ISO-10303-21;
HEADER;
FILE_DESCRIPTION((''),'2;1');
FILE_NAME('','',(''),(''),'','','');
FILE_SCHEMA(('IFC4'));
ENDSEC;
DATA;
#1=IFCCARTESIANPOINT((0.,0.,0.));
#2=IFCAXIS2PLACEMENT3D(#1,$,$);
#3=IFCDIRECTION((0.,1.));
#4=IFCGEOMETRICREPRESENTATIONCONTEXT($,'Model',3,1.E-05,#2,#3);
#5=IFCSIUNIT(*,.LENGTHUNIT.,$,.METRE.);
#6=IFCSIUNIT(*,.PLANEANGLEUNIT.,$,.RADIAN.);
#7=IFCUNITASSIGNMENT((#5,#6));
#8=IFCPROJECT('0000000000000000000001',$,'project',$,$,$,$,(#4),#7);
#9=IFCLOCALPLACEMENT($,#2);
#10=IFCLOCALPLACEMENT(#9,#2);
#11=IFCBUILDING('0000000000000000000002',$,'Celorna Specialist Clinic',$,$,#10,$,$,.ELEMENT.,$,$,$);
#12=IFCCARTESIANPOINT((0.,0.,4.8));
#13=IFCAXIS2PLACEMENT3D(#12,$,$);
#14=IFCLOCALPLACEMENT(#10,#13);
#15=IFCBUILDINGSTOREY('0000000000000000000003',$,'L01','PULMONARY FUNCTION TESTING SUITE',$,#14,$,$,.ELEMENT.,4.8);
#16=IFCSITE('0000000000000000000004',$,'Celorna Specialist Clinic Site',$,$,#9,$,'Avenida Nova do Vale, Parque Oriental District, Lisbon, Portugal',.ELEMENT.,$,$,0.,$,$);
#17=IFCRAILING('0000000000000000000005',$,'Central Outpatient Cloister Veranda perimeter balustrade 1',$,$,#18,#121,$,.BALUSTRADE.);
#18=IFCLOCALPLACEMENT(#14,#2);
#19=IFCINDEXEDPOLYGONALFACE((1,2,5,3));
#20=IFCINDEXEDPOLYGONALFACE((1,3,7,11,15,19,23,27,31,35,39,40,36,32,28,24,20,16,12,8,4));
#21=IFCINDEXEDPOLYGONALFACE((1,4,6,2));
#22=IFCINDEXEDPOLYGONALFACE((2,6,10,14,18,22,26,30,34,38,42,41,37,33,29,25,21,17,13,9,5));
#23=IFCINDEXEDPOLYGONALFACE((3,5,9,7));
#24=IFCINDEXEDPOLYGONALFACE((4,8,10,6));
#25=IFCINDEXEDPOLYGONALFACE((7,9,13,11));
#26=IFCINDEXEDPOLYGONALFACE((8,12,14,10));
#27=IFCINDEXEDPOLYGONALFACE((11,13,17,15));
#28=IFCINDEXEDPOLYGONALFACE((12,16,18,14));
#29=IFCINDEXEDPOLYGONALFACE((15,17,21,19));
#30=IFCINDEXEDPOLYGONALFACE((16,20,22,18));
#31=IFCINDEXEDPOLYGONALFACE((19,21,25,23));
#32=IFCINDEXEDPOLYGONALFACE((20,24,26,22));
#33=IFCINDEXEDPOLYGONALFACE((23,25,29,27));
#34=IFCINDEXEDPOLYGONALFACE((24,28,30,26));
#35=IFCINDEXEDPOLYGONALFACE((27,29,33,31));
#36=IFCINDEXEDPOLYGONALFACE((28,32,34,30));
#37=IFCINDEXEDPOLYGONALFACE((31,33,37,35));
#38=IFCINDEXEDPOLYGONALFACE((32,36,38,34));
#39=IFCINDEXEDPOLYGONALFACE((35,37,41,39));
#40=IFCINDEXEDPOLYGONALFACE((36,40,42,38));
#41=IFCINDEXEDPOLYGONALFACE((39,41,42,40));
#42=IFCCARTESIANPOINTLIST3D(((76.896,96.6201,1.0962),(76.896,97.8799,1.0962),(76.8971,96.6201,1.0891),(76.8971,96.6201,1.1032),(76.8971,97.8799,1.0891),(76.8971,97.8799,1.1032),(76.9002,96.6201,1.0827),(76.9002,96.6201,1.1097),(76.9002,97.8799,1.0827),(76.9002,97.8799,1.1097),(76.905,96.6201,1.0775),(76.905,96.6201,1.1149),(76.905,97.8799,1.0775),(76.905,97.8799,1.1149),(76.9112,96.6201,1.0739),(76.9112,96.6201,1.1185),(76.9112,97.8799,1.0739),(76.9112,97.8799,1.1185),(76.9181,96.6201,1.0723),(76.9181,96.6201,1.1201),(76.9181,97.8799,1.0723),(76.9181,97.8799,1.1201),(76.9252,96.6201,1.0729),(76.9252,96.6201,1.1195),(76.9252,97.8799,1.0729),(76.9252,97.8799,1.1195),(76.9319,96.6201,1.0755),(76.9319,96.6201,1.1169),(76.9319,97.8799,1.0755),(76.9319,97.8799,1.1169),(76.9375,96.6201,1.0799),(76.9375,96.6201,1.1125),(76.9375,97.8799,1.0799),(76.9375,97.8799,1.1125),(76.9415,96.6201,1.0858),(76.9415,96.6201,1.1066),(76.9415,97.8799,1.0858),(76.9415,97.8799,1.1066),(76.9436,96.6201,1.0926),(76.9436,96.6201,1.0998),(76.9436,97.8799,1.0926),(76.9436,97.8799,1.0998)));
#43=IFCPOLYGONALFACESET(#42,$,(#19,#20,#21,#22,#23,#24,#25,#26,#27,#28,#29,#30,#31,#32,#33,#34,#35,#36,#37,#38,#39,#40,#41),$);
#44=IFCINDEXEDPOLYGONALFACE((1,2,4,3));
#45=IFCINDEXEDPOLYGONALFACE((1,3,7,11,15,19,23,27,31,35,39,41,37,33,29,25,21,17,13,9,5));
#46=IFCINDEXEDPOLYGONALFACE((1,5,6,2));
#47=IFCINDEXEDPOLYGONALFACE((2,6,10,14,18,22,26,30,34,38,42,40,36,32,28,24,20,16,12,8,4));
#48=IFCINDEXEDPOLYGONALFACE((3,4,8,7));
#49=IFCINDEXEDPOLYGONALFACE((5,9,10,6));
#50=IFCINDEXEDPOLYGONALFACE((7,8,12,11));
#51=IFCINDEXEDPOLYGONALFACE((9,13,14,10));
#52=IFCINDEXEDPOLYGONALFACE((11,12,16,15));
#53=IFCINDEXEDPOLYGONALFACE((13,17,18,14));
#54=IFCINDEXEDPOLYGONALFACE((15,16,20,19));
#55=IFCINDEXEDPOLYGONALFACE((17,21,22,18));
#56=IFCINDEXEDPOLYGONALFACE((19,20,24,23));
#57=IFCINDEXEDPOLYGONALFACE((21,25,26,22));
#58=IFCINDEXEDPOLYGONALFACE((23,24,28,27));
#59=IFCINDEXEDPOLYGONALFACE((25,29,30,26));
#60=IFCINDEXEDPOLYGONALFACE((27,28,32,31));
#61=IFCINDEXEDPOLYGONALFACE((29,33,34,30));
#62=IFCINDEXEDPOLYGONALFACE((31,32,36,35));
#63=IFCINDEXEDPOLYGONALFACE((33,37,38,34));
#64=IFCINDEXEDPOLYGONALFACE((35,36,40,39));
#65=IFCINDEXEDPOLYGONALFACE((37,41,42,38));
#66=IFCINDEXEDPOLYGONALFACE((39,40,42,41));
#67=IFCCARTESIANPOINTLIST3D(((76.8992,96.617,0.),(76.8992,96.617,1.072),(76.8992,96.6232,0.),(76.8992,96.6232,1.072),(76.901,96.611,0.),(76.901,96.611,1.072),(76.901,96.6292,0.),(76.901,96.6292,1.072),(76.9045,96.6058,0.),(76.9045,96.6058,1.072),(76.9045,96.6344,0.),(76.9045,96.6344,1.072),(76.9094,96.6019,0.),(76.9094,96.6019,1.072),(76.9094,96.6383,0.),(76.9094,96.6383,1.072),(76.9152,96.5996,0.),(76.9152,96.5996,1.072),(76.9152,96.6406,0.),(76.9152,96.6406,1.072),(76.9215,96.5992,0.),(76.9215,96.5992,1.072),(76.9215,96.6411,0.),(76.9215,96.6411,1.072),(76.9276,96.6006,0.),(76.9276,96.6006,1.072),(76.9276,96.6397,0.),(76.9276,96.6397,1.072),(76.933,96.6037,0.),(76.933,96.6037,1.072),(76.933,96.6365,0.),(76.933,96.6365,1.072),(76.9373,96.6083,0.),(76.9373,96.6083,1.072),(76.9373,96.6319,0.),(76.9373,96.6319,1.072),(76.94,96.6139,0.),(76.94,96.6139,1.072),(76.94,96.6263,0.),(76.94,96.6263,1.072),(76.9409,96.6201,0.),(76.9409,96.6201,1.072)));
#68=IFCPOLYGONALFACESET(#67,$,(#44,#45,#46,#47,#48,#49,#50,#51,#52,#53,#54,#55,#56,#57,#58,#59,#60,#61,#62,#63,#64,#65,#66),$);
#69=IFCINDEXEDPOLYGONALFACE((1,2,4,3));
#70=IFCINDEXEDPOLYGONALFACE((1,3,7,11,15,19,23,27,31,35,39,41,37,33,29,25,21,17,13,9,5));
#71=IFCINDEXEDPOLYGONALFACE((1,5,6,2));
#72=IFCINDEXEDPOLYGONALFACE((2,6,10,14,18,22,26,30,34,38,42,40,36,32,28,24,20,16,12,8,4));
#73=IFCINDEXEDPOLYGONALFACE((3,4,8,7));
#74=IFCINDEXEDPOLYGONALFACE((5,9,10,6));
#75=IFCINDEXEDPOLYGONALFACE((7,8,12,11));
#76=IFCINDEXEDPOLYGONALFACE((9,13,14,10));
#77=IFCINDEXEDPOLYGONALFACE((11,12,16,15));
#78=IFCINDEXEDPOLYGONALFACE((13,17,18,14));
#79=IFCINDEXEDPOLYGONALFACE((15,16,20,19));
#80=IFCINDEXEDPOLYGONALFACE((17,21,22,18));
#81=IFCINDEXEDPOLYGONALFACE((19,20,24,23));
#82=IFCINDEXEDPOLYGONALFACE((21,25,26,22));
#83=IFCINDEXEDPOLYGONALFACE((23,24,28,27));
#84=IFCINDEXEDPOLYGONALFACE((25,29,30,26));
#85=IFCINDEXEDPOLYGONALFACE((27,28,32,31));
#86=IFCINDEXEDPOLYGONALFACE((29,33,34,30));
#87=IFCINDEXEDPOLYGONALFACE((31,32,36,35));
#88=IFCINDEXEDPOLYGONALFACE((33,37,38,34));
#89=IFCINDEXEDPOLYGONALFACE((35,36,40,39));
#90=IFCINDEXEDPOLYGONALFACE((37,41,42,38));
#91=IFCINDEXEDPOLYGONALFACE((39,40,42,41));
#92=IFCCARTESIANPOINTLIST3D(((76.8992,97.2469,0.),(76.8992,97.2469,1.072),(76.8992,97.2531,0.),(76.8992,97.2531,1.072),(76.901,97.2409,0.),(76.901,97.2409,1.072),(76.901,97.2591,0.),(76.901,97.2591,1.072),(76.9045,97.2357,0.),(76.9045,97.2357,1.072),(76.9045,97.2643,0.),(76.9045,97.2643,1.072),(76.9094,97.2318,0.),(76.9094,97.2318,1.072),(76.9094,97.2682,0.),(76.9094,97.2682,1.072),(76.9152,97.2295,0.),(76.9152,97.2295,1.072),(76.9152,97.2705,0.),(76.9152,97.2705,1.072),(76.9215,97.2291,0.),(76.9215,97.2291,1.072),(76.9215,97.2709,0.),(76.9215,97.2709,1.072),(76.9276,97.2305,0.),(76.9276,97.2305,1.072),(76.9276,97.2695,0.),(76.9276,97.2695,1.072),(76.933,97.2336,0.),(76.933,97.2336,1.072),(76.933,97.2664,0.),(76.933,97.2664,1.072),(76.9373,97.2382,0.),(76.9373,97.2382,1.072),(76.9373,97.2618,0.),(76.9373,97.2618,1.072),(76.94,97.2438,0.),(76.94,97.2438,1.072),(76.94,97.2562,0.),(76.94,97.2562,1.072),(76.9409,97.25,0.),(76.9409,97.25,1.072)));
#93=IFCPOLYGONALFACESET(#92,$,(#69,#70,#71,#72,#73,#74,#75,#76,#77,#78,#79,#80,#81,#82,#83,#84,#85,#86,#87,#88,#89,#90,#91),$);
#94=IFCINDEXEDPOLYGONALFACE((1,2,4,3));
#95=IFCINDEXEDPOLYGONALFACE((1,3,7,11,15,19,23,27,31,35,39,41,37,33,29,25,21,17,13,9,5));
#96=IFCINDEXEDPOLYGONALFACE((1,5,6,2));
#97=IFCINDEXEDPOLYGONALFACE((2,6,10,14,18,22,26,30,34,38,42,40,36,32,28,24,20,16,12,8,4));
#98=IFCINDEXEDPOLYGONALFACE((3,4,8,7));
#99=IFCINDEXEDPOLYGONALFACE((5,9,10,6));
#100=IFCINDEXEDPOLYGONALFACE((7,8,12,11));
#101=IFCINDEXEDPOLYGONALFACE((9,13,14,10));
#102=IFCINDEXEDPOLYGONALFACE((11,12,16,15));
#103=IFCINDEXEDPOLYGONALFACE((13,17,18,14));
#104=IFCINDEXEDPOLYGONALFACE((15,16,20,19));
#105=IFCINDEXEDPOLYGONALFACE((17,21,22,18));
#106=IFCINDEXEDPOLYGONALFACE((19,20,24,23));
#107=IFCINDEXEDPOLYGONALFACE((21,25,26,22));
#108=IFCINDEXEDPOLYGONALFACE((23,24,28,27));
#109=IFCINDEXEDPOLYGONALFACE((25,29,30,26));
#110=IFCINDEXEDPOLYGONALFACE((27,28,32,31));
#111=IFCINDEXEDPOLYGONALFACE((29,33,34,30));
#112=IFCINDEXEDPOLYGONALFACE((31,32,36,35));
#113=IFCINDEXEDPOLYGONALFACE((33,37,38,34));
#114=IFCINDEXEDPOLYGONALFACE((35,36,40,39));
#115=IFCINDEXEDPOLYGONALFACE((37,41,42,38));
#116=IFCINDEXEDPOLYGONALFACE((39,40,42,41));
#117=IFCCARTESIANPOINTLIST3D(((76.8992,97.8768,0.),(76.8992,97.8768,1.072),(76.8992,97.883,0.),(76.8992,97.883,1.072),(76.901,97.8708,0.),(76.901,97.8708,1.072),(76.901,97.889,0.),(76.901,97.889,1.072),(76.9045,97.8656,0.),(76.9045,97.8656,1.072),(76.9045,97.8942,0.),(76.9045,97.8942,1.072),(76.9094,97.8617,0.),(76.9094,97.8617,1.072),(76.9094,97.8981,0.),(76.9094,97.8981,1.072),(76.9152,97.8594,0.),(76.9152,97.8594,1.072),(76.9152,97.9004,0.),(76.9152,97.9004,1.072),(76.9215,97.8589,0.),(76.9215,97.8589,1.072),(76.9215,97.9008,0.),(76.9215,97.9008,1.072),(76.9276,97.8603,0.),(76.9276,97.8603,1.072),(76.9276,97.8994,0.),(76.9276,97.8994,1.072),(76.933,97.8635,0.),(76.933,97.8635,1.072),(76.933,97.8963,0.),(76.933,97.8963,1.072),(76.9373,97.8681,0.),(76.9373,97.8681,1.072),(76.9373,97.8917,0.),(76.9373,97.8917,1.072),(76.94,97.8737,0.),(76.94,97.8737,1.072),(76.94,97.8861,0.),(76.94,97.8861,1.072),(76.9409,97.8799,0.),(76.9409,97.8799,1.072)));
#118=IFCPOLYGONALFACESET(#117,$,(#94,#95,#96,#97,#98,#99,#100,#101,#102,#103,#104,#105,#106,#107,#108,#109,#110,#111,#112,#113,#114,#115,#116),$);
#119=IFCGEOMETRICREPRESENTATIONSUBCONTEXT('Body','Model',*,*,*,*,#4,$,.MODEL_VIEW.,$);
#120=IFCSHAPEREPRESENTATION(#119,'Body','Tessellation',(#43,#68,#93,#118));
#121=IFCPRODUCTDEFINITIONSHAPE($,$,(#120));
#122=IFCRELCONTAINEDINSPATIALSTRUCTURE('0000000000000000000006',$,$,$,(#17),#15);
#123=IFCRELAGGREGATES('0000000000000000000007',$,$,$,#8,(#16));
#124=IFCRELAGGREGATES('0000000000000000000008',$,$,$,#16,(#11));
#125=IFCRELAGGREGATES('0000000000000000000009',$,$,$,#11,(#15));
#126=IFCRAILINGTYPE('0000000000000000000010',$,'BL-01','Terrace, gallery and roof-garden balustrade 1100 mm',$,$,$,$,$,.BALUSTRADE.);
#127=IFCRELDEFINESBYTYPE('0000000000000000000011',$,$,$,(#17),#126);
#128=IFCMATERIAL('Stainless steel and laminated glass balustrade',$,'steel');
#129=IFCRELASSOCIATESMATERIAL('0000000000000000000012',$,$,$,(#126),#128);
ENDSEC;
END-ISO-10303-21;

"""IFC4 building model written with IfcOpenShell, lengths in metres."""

from ifc_helpers import new_model, si_unit, direction, frame, origin, origin_2d, place, context, subcontext, project, spatial, circle, extrude, material, type_object, element, save


model = new_model("IFC4")

# Units and contexts
model_context = context("Model", 3, precision=1e-05, world=origin(), true_north=direction((0.0, 1.0)))
body_context = subcontext(model_context, "Body", "Model", "MODEL_VIEW")
ifc_project = project(units=[si_unit("LENGTHUNIT", "METRE"), si_unit("PLANEANGLEUNIT", "RADIAN")], contexts=[model_context])

# Site, building, storey
site_placement = place(None, origin())
site = spatial("IfcSite", under=ifc_project, at=site_placement, Name="Celorna Specialist Clinic Site", LongName="Avenida Nova do Vale, Parque Oriental District, Lisbon, Portugal", CompositionType="ELEMENT", RefElevation=0.0)
building_placement = place(site_placement, origin())
building = spatial("IfcBuilding", under=site, at=building_placement, Name="Celorna Specialist Clinic", CompositionType="ELEMENT")
storey_placement = place(building_placement, frame((0.0, 0.0, 4.8)))
storey = spatial("IfcBuildingStorey", under=building, at=storey_placement, Name="L01", Description="PULMONARY FUNCTION TESTING SUITE", CompositionType="ELEMENT", Elevation=4.8)

# Railing
ifc_material_1 = material(Name="Stainless steel and laminated glass balustrade", Category="steel")
railing_type = type_object("IfcRailingType", Name="BL-01", Description="Terrace, gallery and roof-garden balustrade 1100 mm", PredefinedType="BALUSTRADE", material=ifc_material_1)
railing_placement = place(storey_placement, frame((76.9199, 96.6201, 0.0)))
element("IfcRailing", 1, at=railing_placement, inside=storey, type_object=railing_type, Name="Central Outpatient Cloister Veranda perimeter balustrade 1", PredefinedType="BALUSTRADE", context=body_context, shape_type="SweptSolid", body=[
    extrude(circle(Radius=0.0239, at=origin_2d()), frame((0.0, 0.0, 1.0962), z_axis=(0.0, 1.0, 0.0), x_axis=(-1.0, 0.0, 0.0)), (0.0, 0.0, 1.0), 1.2598),
    extrude(circle(Radius=0.021, at=origin_2d()), origin(), (0.0, 0.0, 1.0), 1.072),
    extrude(circle(Radius=0.021, at=origin_2d()), frame((0.0, 0.6299, 0.0)), (0.0, 0.0, 1.0), 1.072),
    extrude(circle(Radius=0.021, at=origin_2d()), frame((0.0, 1.2598, 0.0)), (0.0, 0.0, 1.0), 1.072),
])

save(model, "model.ifc")
